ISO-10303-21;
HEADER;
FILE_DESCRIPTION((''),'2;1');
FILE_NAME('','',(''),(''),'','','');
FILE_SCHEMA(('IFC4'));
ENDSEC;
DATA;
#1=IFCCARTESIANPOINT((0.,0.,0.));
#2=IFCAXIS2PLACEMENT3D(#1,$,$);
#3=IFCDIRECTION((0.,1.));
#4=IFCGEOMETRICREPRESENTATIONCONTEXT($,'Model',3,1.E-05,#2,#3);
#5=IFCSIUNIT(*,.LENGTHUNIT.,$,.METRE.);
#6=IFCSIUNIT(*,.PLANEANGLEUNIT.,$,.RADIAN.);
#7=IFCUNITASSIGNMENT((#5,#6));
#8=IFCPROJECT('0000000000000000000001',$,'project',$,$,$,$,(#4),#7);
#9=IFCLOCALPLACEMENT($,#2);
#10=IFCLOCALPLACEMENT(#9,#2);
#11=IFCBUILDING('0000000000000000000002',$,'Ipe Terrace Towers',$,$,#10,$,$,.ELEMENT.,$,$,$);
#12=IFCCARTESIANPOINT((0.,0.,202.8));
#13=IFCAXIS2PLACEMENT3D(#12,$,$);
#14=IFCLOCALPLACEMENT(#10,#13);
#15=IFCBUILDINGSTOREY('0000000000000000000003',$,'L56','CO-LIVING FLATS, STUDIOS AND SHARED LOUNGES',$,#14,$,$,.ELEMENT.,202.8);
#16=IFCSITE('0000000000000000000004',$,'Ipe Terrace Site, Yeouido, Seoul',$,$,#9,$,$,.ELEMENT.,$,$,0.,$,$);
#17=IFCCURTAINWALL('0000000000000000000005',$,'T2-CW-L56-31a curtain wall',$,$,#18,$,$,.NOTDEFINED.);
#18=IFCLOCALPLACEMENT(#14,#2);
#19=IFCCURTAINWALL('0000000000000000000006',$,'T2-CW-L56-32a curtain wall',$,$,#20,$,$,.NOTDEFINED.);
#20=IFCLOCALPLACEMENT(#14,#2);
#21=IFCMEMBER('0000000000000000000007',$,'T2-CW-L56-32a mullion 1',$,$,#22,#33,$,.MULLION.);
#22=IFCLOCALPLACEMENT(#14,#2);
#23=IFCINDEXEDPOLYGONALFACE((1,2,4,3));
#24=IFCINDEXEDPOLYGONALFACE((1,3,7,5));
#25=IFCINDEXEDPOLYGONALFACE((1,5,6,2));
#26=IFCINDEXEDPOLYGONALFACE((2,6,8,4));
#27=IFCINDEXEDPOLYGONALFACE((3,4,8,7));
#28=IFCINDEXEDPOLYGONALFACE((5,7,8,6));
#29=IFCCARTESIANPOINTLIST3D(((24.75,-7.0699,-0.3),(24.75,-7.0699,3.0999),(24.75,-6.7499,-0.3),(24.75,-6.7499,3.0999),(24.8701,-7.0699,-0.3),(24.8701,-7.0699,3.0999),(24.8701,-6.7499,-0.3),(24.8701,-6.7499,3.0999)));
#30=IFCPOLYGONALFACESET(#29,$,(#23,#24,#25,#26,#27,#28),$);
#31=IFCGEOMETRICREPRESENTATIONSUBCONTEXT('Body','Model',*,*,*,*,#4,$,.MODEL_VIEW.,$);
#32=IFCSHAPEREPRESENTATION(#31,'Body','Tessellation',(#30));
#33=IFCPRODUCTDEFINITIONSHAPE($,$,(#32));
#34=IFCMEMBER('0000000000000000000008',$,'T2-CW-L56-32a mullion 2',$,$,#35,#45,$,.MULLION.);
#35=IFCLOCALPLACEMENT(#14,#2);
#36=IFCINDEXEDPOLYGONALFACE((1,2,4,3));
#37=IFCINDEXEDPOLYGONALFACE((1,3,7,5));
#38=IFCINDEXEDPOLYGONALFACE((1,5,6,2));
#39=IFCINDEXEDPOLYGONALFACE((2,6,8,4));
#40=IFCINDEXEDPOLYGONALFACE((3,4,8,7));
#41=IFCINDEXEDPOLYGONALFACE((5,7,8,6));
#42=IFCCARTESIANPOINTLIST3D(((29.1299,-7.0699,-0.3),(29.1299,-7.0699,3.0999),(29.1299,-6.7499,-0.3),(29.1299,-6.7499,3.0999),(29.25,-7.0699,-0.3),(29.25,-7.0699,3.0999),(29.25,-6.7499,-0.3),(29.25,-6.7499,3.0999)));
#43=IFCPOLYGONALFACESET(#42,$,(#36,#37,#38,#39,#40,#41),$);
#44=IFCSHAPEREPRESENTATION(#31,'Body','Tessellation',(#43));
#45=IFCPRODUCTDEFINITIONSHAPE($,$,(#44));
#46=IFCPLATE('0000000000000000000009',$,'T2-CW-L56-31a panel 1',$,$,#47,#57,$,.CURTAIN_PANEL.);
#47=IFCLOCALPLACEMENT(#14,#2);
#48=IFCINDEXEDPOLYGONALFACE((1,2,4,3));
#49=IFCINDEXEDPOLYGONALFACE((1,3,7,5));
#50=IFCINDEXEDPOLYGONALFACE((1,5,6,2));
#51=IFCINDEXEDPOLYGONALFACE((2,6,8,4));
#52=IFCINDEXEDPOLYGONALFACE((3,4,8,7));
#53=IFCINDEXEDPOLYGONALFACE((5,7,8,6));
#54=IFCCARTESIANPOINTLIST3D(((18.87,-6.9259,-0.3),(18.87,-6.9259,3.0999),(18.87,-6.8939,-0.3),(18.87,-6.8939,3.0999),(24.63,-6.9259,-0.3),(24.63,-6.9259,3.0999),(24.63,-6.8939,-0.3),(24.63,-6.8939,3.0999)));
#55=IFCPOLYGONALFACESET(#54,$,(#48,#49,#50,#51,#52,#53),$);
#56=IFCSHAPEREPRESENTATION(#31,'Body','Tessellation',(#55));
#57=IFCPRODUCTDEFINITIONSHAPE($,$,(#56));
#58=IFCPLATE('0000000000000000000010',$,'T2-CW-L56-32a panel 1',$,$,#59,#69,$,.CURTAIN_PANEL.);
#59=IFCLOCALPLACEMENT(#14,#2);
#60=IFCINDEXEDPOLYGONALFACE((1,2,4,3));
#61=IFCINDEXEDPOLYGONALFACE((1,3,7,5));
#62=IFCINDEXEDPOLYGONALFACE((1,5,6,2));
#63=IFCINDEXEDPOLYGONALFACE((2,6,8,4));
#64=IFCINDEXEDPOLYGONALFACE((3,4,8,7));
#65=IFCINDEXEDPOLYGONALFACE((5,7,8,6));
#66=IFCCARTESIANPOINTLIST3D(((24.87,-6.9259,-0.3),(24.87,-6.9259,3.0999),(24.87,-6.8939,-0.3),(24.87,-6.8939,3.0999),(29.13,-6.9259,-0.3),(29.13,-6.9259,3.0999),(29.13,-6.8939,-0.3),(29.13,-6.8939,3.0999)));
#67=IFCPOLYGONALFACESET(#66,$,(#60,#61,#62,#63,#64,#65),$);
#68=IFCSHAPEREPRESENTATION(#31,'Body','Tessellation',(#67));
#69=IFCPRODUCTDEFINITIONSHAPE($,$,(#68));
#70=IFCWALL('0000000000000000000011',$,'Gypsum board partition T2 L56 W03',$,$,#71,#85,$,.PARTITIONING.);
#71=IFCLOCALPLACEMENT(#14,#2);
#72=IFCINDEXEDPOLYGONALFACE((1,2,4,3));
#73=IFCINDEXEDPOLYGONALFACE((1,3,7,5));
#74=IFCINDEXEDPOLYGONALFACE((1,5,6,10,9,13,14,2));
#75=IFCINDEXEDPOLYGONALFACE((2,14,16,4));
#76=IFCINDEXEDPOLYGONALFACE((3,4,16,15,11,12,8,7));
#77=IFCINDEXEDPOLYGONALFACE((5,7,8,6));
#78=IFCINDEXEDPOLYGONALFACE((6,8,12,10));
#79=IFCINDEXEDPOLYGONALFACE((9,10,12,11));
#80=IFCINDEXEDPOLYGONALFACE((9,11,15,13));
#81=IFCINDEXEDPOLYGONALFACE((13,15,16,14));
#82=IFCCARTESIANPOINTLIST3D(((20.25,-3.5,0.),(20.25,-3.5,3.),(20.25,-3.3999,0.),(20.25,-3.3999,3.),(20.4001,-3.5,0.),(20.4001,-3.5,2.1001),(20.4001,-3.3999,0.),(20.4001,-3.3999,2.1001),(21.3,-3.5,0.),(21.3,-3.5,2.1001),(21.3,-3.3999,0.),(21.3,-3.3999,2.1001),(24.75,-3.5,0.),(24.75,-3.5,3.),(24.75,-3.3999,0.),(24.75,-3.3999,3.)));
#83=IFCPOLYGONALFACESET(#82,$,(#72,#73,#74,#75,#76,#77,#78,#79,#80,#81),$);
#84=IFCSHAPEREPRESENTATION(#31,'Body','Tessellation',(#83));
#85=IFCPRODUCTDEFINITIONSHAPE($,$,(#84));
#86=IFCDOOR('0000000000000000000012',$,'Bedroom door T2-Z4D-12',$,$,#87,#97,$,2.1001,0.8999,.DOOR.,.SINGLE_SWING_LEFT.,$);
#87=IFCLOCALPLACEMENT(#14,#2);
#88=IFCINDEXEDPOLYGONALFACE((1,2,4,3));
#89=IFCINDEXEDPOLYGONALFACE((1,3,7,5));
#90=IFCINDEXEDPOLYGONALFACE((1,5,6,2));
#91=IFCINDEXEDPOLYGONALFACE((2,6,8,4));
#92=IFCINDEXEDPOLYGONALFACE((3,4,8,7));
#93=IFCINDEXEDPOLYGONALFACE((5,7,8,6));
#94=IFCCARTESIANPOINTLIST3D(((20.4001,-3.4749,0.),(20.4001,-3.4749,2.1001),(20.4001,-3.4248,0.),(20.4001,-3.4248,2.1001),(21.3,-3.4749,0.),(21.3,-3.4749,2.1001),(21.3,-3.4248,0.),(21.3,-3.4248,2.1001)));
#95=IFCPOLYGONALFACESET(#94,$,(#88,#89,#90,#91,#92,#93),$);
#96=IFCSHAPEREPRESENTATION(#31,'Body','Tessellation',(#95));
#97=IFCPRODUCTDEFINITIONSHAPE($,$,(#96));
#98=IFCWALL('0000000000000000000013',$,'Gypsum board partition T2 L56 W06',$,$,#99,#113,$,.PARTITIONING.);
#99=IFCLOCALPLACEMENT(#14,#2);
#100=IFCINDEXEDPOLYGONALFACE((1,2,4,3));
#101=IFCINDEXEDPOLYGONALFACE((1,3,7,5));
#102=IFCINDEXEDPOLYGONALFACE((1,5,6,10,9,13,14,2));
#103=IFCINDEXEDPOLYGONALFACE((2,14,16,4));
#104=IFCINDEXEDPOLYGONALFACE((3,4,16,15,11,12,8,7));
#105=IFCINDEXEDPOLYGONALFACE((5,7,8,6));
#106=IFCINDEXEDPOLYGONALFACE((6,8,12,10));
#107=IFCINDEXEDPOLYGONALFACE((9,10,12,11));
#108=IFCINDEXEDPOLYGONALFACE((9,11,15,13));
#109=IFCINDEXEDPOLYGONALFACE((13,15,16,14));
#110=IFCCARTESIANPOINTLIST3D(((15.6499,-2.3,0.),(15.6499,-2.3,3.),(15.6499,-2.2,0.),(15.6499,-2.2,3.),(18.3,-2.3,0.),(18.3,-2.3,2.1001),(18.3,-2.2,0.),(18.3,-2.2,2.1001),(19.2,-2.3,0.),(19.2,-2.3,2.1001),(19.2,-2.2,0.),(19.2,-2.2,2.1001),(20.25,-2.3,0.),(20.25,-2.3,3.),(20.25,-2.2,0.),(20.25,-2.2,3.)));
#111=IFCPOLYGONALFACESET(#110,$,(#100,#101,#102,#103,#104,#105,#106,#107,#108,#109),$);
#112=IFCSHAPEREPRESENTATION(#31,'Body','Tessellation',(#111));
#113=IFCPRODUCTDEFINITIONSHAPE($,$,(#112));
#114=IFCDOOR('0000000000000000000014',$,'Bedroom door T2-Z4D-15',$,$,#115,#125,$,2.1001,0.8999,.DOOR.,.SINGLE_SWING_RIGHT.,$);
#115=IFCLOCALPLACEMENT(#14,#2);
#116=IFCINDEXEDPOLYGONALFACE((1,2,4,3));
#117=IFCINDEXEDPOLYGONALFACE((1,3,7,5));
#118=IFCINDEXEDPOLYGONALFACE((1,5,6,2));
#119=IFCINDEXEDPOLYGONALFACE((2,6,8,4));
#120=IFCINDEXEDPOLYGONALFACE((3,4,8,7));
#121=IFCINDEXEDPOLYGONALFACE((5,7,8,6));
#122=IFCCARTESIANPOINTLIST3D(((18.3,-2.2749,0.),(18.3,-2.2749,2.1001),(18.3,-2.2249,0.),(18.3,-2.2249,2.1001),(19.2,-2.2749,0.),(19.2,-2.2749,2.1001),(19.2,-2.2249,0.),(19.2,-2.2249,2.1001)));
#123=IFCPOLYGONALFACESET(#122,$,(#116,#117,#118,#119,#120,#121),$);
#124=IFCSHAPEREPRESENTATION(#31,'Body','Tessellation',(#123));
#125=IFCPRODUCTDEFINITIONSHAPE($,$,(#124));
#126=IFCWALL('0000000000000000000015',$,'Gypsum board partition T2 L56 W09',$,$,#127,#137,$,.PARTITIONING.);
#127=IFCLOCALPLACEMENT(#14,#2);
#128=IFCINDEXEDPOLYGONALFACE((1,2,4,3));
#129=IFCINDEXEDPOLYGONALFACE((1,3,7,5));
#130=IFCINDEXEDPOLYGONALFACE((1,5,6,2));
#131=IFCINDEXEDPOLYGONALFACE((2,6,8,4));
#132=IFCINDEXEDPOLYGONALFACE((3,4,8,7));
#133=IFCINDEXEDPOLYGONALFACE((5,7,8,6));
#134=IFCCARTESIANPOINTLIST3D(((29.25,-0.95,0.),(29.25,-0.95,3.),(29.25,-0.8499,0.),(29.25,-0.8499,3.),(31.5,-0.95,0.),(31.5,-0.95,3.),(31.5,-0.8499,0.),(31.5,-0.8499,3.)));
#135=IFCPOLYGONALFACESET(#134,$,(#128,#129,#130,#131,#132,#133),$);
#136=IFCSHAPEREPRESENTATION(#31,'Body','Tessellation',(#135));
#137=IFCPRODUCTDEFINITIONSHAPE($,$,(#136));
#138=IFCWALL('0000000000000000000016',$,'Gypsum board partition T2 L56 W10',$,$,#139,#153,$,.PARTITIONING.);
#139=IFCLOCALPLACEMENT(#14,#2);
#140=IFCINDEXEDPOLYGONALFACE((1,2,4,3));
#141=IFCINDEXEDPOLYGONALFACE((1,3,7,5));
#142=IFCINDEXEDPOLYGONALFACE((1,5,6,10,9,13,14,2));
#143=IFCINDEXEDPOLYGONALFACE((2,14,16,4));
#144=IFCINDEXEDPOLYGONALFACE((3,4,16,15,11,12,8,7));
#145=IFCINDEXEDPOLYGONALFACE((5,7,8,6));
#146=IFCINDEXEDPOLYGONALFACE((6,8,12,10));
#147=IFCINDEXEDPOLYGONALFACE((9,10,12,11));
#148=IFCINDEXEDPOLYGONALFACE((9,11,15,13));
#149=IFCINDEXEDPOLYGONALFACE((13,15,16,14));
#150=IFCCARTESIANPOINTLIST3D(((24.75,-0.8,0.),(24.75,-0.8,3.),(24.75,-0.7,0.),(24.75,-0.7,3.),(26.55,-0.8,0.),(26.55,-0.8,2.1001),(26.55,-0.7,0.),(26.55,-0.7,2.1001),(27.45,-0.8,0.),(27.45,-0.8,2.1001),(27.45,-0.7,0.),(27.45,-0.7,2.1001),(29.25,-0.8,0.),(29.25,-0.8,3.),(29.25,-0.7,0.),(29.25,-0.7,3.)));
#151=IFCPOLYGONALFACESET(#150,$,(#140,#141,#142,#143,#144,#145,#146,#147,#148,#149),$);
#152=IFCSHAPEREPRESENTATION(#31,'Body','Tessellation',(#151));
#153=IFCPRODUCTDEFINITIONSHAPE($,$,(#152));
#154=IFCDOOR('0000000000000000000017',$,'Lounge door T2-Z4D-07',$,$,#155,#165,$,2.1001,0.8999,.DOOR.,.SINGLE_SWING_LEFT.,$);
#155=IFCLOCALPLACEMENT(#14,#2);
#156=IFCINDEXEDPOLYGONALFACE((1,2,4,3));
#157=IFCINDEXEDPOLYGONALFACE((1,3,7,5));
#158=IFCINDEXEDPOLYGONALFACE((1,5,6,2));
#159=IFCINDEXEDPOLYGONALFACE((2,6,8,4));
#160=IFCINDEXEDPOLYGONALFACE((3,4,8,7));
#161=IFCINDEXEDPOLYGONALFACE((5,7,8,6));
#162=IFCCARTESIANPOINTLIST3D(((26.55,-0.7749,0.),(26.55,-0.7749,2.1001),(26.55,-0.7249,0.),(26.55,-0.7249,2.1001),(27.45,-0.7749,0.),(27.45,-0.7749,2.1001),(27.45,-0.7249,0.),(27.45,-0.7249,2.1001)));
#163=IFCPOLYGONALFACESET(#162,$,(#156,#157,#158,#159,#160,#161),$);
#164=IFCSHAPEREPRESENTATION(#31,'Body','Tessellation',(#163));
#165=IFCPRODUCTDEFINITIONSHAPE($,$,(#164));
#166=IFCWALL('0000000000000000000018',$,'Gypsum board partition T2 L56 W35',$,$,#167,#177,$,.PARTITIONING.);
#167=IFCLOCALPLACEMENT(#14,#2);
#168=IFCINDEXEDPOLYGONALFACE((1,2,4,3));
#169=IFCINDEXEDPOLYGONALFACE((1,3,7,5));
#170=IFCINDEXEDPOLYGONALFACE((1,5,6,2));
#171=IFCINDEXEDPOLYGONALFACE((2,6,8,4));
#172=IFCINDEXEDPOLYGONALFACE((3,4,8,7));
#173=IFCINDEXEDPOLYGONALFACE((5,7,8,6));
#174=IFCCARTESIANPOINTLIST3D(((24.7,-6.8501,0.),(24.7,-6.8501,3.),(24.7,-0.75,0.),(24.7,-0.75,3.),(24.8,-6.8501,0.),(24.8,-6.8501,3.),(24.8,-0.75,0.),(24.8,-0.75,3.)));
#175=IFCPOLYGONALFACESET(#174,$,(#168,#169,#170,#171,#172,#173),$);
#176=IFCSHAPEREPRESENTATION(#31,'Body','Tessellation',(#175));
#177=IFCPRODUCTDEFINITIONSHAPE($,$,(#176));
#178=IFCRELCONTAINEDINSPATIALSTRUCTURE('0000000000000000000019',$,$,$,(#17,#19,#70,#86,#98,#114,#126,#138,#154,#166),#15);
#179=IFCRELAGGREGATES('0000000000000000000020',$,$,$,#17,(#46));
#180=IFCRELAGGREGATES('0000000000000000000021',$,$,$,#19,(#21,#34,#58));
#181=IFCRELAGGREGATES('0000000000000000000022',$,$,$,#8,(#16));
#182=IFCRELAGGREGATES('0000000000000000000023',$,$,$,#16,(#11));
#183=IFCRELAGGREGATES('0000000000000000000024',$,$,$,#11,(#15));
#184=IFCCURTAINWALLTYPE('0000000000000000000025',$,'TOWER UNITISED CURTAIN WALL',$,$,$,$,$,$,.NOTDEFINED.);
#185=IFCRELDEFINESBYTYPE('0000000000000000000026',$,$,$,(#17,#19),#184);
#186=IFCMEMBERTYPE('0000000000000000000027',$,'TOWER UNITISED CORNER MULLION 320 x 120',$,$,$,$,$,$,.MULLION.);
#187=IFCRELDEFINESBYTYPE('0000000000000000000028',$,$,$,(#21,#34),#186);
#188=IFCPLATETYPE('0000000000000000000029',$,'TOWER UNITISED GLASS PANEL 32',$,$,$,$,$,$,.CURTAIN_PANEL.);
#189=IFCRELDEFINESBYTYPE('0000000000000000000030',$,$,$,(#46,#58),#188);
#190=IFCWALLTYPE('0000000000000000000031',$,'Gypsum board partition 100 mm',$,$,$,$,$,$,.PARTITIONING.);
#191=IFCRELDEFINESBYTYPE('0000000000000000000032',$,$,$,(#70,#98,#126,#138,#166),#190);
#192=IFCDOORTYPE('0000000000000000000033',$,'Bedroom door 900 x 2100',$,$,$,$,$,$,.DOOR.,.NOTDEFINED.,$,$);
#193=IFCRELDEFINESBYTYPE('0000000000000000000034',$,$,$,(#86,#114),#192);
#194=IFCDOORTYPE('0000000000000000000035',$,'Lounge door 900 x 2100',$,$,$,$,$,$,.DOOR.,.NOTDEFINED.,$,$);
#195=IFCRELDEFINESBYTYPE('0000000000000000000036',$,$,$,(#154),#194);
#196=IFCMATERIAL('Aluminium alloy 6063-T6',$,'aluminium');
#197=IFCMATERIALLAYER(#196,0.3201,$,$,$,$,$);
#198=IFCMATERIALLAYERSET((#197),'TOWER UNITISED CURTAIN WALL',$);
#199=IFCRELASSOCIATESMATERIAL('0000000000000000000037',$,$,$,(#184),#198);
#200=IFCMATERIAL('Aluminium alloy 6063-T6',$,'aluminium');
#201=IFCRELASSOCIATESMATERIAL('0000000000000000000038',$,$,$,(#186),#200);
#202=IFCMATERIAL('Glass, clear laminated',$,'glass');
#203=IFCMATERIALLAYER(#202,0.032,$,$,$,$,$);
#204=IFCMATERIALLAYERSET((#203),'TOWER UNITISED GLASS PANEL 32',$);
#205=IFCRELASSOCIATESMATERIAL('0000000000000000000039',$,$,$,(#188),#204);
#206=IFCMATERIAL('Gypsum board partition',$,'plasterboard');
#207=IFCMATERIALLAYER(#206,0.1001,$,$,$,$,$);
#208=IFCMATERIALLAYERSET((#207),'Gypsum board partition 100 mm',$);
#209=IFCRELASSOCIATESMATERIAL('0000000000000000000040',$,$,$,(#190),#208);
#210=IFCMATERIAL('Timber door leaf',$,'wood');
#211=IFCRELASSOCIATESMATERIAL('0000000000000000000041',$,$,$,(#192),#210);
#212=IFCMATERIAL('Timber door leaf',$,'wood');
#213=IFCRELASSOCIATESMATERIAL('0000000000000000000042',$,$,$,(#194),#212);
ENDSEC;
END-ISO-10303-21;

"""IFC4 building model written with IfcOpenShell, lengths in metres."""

from ifc_helpers import new_model, si_unit, direction, frame, frame_2d, origin, origin_2d, place, context, subcontext, project, spatial, rectangle, extrude, material, layer, layer_set, material_profile, profile_set, type_object, element, fill, aggregate, save


model = new_model("IFC4")

# Units and contexts
model_context = context("Model", 3, precision=1e-05, world=origin(), true_north=direction((0.0, 1.0)))
body_context = subcontext(model_context, "Body", "Model", "MODEL_VIEW")
ifc_project = project(units=[si_unit("LENGTHUNIT", "METRE"), si_unit("PLANEANGLEUNIT", "RADIAN")], contexts=[model_context])

# Site, building, storey
site_placement = place(None, origin())
site = spatial("IfcSite", under=ifc_project, at=site_placement, Name="Ipe Terrace Site, Yeouido, Seoul", CompositionType="ELEMENT", RefElevation=0.0)
building_placement = place(site_placement, origin())
building = spatial("IfcBuilding", under=site, at=building_placement, Name="Ipe Terrace Towers", CompositionType="ELEMENT")
storey_placement = place(building_placement, frame((0.0, 0.0, 202.8)))
storey = spatial("IfcBuildingStorey", under=building, at=storey_placement, Name="L56", Description="CO-LIVING FLATS, STUDIOS AND SHARED LOUNGES", CompositionType="ELEMENT", Elevation=202.8)

# Curtain wall
ifc_material_1 = material(Name="Aluminium alloy 6063-T6", Category="aluminium")
ifc_layer_1 = layer(ifc_material_1, 0.3201)
ifc_layer_set_1 = layer_set([ifc_layer_1], Name="TOWER UNITISED CURTAIN WALL")
curtain_wall_type = type_object("IfcCurtainWallType", Name="TOWER UNITISED CURTAIN WALL", PredefinedType="NOTDEFINED", material=ifc_layer_set_1)
curtain_wall_1_placement = place(storey_placement, origin())
curtain_wall_1 = element("IfcCurtainWall", 1, at=curtain_wall_1_placement, inside=storey, type_object=curtain_wall_type, Name="T2-CW-L56-31a curtain wall", PredefinedType="NOTDEFINED")
ifc_material_2 = material(Name="Aluminium alloy 6063-T6", Category="aluminium")
ifc_material_profile_1 = material_profile(ifc_material_2, rectangle(XDim=0.3201, YDim=0.1201, at=origin_2d()), Name="TOWER UNITISED CORNER MULLION 320 x 120")
ifc_profile_set_1 = profile_set([ifc_material_profile_1], Name="Aluminium alloy 6063-T6")
member_type = type_object("IfcMemberType", Name="TOWER UNITISED CORNER MULLION 320 x 120", PredefinedType="MULLION", material=ifc_profile_set_1)

# Curtain wall, members
curtain_wall_2_placement = place(storey_placement, origin())
curtain_wall_2 = element("IfcCurtainWall", 2, at=curtain_wall_2_placement, inside=storey, type_object=curtain_wall_type, Name="T2-CW-L56-32a curtain wall", PredefinedType="NOTDEFINED")
member_1_placement = place(storey_placement, frame((24.8101, -6.9099, -0.3), z_axis=(0.0, 0.0, 1.0), x_axis=(0.0, -1.0, 0.0)))
member_1 = element("IfcMember", 3, at=member_1_placement, type_object=member_type, Name="T2-CW-L56-32a mullion 1", PredefinedType="MULLION", context=body_context, shape_type="SweptSolid", body=[
    extrude(rectangle(XDim=0.3201, YDim=0.1201, at=origin_2d()), origin(), (0.0, 0.0, 1.0), 3.3999),
])
member_2_placement = place(storey_placement, frame((29.1899, -6.9099, -0.3), z_axis=(0.0, 0.0, 1.0), x_axis=(0.0, -1.0, 0.0)))
member_2 = element("IfcMember", 4, at=member_2_placement, type_object=member_type, Name="T2-CW-L56-32a mullion 2", PredefinedType="MULLION", context=body_context, shape_type="SweptSolid", body=[
    extrude(rectangle(XDim=0.3201, YDim=0.1201, at=origin_2d()), origin(), (0.0, 0.0, 1.0), 3.3999),
])

# Plates
ifc_material_3 = material(Name="Glass, clear laminated", Category="glass")
ifc_layer_2 = layer(ifc_material_3, 0.032)
ifc_layer_set_2 = layer_set([ifc_layer_2], Name="TOWER UNITISED GLASS PANEL 32")
plate_type = type_object("IfcPlateType", Name="TOWER UNITISED GLASS PANEL 32", PredefinedType="CURTAIN_PANEL", material=ifc_layer_set_2)
plate_1_placement = place(storey_placement, frame((21.75, -6.9099, -0.3), z_axis=(0.0, 0.0, 1.0), x_axis=(1.0, 0.0, 0.0)))
plate_1 = element("IfcPlate", 5, at=plate_1_placement, type_object=plate_type, Name="T2-CW-L56-31a panel 1", PredefinedType="CURTAIN_PANEL", context=body_context, shape_type="SweptSolid", body=[
    extrude(rectangle(XDim=5.76, YDim=0.032, at=origin_2d()), origin(), (0.0, 0.0, 1.0), 3.3999),
])
aggregate(curtain_wall_1, [plate_1])
plate_2_placement = place(storey_placement, frame((27.0, -6.9099, -0.3), z_axis=(0.0, 0.0, 1.0), x_axis=(1.0, 0.0, 0.0)))
plate_2 = element("IfcPlate", 6, at=plate_2_placement, type_object=plate_type, Name="T2-CW-L56-32a panel 1", PredefinedType="CURTAIN_PANEL", context=body_context, shape_type="SweptSolid", body=[
    extrude(rectangle(XDim=4.26, YDim=0.032, at=origin_2d()), origin(), (0.0, 0.0, 1.0), 3.3999),
])
aggregate(curtain_wall_2, [member_1, member_2, plate_2])

# Walls, openings, doors
ifc_material_4 = material(Name="Gypsum board partition", Category="plasterboard")
ifc_layer_3 = layer(ifc_material_4, 0.1001)
ifc_layer_set_3 = layer_set([ifc_layer_3], Name="Gypsum board partition 100 mm")
wall_type_1 = type_object("IfcWallType", Name="Gypsum board partition 100 mm", PredefinedType="PARTITIONING", material=ifc_layer_set_3)
wall_1_placement = place(storey_placement, frame((24.75, -3.45, 0.0), z_axis=(0.0, 0.0, 1.0), x_axis=(-1.0, 0.0, 0.0)))
wall_1 = element("IfcWall", 7, at=wall_1_placement, inside=storey, type_object=wall_type_1, Name="Gypsum board partition T2 L56 W03", PredefinedType="PARTITIONING", context=body_context, shape_type="SweptSolid", body=[
    extrude(rectangle(XDim=4.5, YDim=0.1001, at=frame_2d((2.25, 0.0))), origin(), (0.0, 0.0, 1.0), 3.0),
])
opening_1_placement = place(wall_1_placement, frame((3.45, 0.0, 0.0)))
opening_1 = element("IfcOpeningElement", 8, at=opening_1_placement, cuts=wall_1, PredefinedType="OPENING", context=body_context, shape_type="SweptSolid", body=[
    extrude(rectangle(XDim=0.8999, YDim=2.1001, at=frame_2d((0.45, 1.05))), frame((0.0, 0.0601, 0.0), z_axis=(0.0, -1.0, 0.0), x_axis=(1.0, 0.0, 0.0)), (0.0, 0.0, 1.0), 0.1201),
])
ifc_material_5 = material(Name="Timber door leaf", Category="wood")
door_type_1 = type_object("IfcDoorType", Name="Bedroom door 900 x 2100", OperationType="NOTDEFINED", PredefinedType="DOOR", material=ifc_material_5)
door_1_placement = place(opening_1_placement, origin())
door_1 = element("IfcDoor", 9, at=door_1_placement, inside=storey, type_object=door_type_1, Name="Bedroom door T2-Z4D-12", OperationType="SINGLE_SWING_LEFT", OverallHeight=2.1001, OverallWidth=0.8999, PredefinedType="DOOR", context=body_context, shape_type="SweptSolid", body=[
    extrude(rectangle(XDim=0.8999, YDim=2.1001, at=frame_2d((0.45, 1.05))), frame((0.0, 0.0249, 0.0), z_axis=(0.0, -1.0, 0.0), x_axis=(1.0, 0.0, 0.0)), (0.0, 0.0, 1.0), 0.05),
])
fill(opening_1, door_1)
wall_2_placement = place(storey_placement, frame((20.25, -2.25, 0.0), z_axis=(0.0, 0.0, 1.0), x_axis=(-1.0, 0.0, 0.0)))
wall_2 = element("IfcWall", 10, at=wall_2_placement, inside=storey, type_object=wall_type_1, Name="Gypsum board partition T2 L56 W06", PredefinedType="PARTITIONING", context=body_context, shape_type="SweptSolid", body=[
    extrude(rectangle(XDim=4.6001, YDim=0.1001, at=frame_2d((2.3, 0.0))), origin(), (0.0, 0.0, 1.0), 3.0),
])
opening_2_placement = place(wall_2_placement, frame((1.05, 0.0, 0.0)))
opening_2 = element("IfcOpeningElement", 11, at=opening_2_placement, cuts=wall_2, PredefinedType="OPENING", context=body_context, shape_type="SweptSolid", body=[
    extrude(rectangle(XDim=0.8999, YDim=2.1001, at=frame_2d((0.45, 1.05))), frame((0.0, 0.0601, 0.0), z_axis=(0.0, -1.0, 0.0), x_axis=(1.0, 0.0, 0.0)), (0.0, 0.0, 1.0), 0.1201),
])
door_2_placement = place(opening_2_placement, origin())
door_2 = element("IfcDoor", 12, at=door_2_placement, inside=storey, type_object=door_type_1, Name="Bedroom door T2-Z4D-15", OperationType="SINGLE_SWING_RIGHT", OverallHeight=2.1001, OverallWidth=0.8999, PredefinedType="DOOR", context=body_context, shape_type="SweptSolid", body=[
    extrude(rectangle(XDim=0.8999, YDim=2.1001, at=frame_2d((0.45, 1.05))), frame((0.0, 0.0249, 0.0), z_axis=(0.0, -1.0, 0.0), x_axis=(1.0, 0.0, 0.0)), (0.0, 0.0, 1.0), 0.05),
])
fill(opening_2, door_2)

# Wall
wall_3_placement = place(storey_placement, frame((31.5, -0.8999, 0.0), z_axis=(0.0, 0.0, 1.0), x_axis=(-1.0, 0.0, 0.0)))
element("IfcWall", 13, at=wall_3_placement, inside=storey, type_object=wall_type_1, Name="Gypsum board partition T2 L56 W09", PredefinedType="PARTITIONING", context=body_context, shape_type="SweptSolid", body=[
    extrude(rectangle(XDim=2.25, YDim=0.1001, at=frame_2d((1.125, 0.0))), origin(), (0.0, 0.0, 1.0), 3.0),
])

# Wall, opening, door
wall_4_placement = place(storey_placement, frame((29.25, -0.75, 0.0), z_axis=(0.0, 0.0, 1.0), x_axis=(-1.0, 0.0, 0.0)))
wall_4 = element("IfcWall", 14, at=wall_4_placement, inside=storey, type_object=wall_type_1, Name="Gypsum board partition T2 L56 W10", PredefinedType="PARTITIONING", context=body_context, shape_type="SweptSolid", body=[
    extrude(rectangle(XDim=4.5, YDim=0.1001, at=frame_2d((2.25, 0.0))), origin(), (0.0, 0.0, 1.0), 3.0),
])
opening_3_placement = place(wall_4_placement, frame((1.8, 0.0, 0.0)))
opening_3 = element("IfcOpeningElement", 15, at=opening_3_placement, cuts=wall_4, PredefinedType="OPENING", context=body_context, shape_type="SweptSolid", body=[
    extrude(rectangle(XDim=0.8999, YDim=2.1001, at=frame_2d((0.45, 1.05))), frame((0.0, 0.0601, 0.0), z_axis=(0.0, -1.0, 0.0), x_axis=(1.0, 0.0, 0.0)), (0.0, 0.0, 1.0), 0.1201),
])
ifc_material_6 = material(Name="Timber door leaf", Category="wood")
door_type_2 = type_object("IfcDoorType", Name="Lounge door 900 x 2100", OperationType="NOTDEFINED", PredefinedType="DOOR", material=ifc_material_6)
door_3_placement = place(opening_3_placement, origin())
door_3 = element("IfcDoor", 16, at=door_3_placement, inside=storey, type_object=door_type_2, Name="Lounge door T2-Z4D-07", OperationType="SINGLE_SWING_LEFT", OverallHeight=2.1001, OverallWidth=0.8999, PredefinedType="DOOR", context=body_context, shape_type="SweptSolid", body=[
    extrude(rectangle(XDim=0.8999, YDim=2.1001, at=frame_2d((0.45, 1.05))), frame((0.0, 0.0249, 0.0), z_axis=(0.0, -1.0, 0.0), x_axis=(1.0, 0.0, 0.0)), (0.0, 0.0, 1.0), 0.05),
])
fill(opening_3, door_3)

# Wall
wall_5_placement = place(storey_placement, frame((24.75, -6.8501, 0.0), z_axis=(0.0, 0.0, 1.0), x_axis=(0.0, 1.0, 0.0)))
element("IfcWall", 17, at=wall_5_placement, inside=storey, type_object=wall_type_1, Name="Gypsum board partition T2 L56 W35", PredefinedType="PARTITIONING", context=body_context, shape_type="SweptSolid", body=[
    extrude(rectangle(XDim=6.1001, YDim=0.1001, at=frame_2d((3.05, 0.0))), origin(), (0.0, 0.0, 1.0), 3.0),
])

save(model, "model.ifc")
